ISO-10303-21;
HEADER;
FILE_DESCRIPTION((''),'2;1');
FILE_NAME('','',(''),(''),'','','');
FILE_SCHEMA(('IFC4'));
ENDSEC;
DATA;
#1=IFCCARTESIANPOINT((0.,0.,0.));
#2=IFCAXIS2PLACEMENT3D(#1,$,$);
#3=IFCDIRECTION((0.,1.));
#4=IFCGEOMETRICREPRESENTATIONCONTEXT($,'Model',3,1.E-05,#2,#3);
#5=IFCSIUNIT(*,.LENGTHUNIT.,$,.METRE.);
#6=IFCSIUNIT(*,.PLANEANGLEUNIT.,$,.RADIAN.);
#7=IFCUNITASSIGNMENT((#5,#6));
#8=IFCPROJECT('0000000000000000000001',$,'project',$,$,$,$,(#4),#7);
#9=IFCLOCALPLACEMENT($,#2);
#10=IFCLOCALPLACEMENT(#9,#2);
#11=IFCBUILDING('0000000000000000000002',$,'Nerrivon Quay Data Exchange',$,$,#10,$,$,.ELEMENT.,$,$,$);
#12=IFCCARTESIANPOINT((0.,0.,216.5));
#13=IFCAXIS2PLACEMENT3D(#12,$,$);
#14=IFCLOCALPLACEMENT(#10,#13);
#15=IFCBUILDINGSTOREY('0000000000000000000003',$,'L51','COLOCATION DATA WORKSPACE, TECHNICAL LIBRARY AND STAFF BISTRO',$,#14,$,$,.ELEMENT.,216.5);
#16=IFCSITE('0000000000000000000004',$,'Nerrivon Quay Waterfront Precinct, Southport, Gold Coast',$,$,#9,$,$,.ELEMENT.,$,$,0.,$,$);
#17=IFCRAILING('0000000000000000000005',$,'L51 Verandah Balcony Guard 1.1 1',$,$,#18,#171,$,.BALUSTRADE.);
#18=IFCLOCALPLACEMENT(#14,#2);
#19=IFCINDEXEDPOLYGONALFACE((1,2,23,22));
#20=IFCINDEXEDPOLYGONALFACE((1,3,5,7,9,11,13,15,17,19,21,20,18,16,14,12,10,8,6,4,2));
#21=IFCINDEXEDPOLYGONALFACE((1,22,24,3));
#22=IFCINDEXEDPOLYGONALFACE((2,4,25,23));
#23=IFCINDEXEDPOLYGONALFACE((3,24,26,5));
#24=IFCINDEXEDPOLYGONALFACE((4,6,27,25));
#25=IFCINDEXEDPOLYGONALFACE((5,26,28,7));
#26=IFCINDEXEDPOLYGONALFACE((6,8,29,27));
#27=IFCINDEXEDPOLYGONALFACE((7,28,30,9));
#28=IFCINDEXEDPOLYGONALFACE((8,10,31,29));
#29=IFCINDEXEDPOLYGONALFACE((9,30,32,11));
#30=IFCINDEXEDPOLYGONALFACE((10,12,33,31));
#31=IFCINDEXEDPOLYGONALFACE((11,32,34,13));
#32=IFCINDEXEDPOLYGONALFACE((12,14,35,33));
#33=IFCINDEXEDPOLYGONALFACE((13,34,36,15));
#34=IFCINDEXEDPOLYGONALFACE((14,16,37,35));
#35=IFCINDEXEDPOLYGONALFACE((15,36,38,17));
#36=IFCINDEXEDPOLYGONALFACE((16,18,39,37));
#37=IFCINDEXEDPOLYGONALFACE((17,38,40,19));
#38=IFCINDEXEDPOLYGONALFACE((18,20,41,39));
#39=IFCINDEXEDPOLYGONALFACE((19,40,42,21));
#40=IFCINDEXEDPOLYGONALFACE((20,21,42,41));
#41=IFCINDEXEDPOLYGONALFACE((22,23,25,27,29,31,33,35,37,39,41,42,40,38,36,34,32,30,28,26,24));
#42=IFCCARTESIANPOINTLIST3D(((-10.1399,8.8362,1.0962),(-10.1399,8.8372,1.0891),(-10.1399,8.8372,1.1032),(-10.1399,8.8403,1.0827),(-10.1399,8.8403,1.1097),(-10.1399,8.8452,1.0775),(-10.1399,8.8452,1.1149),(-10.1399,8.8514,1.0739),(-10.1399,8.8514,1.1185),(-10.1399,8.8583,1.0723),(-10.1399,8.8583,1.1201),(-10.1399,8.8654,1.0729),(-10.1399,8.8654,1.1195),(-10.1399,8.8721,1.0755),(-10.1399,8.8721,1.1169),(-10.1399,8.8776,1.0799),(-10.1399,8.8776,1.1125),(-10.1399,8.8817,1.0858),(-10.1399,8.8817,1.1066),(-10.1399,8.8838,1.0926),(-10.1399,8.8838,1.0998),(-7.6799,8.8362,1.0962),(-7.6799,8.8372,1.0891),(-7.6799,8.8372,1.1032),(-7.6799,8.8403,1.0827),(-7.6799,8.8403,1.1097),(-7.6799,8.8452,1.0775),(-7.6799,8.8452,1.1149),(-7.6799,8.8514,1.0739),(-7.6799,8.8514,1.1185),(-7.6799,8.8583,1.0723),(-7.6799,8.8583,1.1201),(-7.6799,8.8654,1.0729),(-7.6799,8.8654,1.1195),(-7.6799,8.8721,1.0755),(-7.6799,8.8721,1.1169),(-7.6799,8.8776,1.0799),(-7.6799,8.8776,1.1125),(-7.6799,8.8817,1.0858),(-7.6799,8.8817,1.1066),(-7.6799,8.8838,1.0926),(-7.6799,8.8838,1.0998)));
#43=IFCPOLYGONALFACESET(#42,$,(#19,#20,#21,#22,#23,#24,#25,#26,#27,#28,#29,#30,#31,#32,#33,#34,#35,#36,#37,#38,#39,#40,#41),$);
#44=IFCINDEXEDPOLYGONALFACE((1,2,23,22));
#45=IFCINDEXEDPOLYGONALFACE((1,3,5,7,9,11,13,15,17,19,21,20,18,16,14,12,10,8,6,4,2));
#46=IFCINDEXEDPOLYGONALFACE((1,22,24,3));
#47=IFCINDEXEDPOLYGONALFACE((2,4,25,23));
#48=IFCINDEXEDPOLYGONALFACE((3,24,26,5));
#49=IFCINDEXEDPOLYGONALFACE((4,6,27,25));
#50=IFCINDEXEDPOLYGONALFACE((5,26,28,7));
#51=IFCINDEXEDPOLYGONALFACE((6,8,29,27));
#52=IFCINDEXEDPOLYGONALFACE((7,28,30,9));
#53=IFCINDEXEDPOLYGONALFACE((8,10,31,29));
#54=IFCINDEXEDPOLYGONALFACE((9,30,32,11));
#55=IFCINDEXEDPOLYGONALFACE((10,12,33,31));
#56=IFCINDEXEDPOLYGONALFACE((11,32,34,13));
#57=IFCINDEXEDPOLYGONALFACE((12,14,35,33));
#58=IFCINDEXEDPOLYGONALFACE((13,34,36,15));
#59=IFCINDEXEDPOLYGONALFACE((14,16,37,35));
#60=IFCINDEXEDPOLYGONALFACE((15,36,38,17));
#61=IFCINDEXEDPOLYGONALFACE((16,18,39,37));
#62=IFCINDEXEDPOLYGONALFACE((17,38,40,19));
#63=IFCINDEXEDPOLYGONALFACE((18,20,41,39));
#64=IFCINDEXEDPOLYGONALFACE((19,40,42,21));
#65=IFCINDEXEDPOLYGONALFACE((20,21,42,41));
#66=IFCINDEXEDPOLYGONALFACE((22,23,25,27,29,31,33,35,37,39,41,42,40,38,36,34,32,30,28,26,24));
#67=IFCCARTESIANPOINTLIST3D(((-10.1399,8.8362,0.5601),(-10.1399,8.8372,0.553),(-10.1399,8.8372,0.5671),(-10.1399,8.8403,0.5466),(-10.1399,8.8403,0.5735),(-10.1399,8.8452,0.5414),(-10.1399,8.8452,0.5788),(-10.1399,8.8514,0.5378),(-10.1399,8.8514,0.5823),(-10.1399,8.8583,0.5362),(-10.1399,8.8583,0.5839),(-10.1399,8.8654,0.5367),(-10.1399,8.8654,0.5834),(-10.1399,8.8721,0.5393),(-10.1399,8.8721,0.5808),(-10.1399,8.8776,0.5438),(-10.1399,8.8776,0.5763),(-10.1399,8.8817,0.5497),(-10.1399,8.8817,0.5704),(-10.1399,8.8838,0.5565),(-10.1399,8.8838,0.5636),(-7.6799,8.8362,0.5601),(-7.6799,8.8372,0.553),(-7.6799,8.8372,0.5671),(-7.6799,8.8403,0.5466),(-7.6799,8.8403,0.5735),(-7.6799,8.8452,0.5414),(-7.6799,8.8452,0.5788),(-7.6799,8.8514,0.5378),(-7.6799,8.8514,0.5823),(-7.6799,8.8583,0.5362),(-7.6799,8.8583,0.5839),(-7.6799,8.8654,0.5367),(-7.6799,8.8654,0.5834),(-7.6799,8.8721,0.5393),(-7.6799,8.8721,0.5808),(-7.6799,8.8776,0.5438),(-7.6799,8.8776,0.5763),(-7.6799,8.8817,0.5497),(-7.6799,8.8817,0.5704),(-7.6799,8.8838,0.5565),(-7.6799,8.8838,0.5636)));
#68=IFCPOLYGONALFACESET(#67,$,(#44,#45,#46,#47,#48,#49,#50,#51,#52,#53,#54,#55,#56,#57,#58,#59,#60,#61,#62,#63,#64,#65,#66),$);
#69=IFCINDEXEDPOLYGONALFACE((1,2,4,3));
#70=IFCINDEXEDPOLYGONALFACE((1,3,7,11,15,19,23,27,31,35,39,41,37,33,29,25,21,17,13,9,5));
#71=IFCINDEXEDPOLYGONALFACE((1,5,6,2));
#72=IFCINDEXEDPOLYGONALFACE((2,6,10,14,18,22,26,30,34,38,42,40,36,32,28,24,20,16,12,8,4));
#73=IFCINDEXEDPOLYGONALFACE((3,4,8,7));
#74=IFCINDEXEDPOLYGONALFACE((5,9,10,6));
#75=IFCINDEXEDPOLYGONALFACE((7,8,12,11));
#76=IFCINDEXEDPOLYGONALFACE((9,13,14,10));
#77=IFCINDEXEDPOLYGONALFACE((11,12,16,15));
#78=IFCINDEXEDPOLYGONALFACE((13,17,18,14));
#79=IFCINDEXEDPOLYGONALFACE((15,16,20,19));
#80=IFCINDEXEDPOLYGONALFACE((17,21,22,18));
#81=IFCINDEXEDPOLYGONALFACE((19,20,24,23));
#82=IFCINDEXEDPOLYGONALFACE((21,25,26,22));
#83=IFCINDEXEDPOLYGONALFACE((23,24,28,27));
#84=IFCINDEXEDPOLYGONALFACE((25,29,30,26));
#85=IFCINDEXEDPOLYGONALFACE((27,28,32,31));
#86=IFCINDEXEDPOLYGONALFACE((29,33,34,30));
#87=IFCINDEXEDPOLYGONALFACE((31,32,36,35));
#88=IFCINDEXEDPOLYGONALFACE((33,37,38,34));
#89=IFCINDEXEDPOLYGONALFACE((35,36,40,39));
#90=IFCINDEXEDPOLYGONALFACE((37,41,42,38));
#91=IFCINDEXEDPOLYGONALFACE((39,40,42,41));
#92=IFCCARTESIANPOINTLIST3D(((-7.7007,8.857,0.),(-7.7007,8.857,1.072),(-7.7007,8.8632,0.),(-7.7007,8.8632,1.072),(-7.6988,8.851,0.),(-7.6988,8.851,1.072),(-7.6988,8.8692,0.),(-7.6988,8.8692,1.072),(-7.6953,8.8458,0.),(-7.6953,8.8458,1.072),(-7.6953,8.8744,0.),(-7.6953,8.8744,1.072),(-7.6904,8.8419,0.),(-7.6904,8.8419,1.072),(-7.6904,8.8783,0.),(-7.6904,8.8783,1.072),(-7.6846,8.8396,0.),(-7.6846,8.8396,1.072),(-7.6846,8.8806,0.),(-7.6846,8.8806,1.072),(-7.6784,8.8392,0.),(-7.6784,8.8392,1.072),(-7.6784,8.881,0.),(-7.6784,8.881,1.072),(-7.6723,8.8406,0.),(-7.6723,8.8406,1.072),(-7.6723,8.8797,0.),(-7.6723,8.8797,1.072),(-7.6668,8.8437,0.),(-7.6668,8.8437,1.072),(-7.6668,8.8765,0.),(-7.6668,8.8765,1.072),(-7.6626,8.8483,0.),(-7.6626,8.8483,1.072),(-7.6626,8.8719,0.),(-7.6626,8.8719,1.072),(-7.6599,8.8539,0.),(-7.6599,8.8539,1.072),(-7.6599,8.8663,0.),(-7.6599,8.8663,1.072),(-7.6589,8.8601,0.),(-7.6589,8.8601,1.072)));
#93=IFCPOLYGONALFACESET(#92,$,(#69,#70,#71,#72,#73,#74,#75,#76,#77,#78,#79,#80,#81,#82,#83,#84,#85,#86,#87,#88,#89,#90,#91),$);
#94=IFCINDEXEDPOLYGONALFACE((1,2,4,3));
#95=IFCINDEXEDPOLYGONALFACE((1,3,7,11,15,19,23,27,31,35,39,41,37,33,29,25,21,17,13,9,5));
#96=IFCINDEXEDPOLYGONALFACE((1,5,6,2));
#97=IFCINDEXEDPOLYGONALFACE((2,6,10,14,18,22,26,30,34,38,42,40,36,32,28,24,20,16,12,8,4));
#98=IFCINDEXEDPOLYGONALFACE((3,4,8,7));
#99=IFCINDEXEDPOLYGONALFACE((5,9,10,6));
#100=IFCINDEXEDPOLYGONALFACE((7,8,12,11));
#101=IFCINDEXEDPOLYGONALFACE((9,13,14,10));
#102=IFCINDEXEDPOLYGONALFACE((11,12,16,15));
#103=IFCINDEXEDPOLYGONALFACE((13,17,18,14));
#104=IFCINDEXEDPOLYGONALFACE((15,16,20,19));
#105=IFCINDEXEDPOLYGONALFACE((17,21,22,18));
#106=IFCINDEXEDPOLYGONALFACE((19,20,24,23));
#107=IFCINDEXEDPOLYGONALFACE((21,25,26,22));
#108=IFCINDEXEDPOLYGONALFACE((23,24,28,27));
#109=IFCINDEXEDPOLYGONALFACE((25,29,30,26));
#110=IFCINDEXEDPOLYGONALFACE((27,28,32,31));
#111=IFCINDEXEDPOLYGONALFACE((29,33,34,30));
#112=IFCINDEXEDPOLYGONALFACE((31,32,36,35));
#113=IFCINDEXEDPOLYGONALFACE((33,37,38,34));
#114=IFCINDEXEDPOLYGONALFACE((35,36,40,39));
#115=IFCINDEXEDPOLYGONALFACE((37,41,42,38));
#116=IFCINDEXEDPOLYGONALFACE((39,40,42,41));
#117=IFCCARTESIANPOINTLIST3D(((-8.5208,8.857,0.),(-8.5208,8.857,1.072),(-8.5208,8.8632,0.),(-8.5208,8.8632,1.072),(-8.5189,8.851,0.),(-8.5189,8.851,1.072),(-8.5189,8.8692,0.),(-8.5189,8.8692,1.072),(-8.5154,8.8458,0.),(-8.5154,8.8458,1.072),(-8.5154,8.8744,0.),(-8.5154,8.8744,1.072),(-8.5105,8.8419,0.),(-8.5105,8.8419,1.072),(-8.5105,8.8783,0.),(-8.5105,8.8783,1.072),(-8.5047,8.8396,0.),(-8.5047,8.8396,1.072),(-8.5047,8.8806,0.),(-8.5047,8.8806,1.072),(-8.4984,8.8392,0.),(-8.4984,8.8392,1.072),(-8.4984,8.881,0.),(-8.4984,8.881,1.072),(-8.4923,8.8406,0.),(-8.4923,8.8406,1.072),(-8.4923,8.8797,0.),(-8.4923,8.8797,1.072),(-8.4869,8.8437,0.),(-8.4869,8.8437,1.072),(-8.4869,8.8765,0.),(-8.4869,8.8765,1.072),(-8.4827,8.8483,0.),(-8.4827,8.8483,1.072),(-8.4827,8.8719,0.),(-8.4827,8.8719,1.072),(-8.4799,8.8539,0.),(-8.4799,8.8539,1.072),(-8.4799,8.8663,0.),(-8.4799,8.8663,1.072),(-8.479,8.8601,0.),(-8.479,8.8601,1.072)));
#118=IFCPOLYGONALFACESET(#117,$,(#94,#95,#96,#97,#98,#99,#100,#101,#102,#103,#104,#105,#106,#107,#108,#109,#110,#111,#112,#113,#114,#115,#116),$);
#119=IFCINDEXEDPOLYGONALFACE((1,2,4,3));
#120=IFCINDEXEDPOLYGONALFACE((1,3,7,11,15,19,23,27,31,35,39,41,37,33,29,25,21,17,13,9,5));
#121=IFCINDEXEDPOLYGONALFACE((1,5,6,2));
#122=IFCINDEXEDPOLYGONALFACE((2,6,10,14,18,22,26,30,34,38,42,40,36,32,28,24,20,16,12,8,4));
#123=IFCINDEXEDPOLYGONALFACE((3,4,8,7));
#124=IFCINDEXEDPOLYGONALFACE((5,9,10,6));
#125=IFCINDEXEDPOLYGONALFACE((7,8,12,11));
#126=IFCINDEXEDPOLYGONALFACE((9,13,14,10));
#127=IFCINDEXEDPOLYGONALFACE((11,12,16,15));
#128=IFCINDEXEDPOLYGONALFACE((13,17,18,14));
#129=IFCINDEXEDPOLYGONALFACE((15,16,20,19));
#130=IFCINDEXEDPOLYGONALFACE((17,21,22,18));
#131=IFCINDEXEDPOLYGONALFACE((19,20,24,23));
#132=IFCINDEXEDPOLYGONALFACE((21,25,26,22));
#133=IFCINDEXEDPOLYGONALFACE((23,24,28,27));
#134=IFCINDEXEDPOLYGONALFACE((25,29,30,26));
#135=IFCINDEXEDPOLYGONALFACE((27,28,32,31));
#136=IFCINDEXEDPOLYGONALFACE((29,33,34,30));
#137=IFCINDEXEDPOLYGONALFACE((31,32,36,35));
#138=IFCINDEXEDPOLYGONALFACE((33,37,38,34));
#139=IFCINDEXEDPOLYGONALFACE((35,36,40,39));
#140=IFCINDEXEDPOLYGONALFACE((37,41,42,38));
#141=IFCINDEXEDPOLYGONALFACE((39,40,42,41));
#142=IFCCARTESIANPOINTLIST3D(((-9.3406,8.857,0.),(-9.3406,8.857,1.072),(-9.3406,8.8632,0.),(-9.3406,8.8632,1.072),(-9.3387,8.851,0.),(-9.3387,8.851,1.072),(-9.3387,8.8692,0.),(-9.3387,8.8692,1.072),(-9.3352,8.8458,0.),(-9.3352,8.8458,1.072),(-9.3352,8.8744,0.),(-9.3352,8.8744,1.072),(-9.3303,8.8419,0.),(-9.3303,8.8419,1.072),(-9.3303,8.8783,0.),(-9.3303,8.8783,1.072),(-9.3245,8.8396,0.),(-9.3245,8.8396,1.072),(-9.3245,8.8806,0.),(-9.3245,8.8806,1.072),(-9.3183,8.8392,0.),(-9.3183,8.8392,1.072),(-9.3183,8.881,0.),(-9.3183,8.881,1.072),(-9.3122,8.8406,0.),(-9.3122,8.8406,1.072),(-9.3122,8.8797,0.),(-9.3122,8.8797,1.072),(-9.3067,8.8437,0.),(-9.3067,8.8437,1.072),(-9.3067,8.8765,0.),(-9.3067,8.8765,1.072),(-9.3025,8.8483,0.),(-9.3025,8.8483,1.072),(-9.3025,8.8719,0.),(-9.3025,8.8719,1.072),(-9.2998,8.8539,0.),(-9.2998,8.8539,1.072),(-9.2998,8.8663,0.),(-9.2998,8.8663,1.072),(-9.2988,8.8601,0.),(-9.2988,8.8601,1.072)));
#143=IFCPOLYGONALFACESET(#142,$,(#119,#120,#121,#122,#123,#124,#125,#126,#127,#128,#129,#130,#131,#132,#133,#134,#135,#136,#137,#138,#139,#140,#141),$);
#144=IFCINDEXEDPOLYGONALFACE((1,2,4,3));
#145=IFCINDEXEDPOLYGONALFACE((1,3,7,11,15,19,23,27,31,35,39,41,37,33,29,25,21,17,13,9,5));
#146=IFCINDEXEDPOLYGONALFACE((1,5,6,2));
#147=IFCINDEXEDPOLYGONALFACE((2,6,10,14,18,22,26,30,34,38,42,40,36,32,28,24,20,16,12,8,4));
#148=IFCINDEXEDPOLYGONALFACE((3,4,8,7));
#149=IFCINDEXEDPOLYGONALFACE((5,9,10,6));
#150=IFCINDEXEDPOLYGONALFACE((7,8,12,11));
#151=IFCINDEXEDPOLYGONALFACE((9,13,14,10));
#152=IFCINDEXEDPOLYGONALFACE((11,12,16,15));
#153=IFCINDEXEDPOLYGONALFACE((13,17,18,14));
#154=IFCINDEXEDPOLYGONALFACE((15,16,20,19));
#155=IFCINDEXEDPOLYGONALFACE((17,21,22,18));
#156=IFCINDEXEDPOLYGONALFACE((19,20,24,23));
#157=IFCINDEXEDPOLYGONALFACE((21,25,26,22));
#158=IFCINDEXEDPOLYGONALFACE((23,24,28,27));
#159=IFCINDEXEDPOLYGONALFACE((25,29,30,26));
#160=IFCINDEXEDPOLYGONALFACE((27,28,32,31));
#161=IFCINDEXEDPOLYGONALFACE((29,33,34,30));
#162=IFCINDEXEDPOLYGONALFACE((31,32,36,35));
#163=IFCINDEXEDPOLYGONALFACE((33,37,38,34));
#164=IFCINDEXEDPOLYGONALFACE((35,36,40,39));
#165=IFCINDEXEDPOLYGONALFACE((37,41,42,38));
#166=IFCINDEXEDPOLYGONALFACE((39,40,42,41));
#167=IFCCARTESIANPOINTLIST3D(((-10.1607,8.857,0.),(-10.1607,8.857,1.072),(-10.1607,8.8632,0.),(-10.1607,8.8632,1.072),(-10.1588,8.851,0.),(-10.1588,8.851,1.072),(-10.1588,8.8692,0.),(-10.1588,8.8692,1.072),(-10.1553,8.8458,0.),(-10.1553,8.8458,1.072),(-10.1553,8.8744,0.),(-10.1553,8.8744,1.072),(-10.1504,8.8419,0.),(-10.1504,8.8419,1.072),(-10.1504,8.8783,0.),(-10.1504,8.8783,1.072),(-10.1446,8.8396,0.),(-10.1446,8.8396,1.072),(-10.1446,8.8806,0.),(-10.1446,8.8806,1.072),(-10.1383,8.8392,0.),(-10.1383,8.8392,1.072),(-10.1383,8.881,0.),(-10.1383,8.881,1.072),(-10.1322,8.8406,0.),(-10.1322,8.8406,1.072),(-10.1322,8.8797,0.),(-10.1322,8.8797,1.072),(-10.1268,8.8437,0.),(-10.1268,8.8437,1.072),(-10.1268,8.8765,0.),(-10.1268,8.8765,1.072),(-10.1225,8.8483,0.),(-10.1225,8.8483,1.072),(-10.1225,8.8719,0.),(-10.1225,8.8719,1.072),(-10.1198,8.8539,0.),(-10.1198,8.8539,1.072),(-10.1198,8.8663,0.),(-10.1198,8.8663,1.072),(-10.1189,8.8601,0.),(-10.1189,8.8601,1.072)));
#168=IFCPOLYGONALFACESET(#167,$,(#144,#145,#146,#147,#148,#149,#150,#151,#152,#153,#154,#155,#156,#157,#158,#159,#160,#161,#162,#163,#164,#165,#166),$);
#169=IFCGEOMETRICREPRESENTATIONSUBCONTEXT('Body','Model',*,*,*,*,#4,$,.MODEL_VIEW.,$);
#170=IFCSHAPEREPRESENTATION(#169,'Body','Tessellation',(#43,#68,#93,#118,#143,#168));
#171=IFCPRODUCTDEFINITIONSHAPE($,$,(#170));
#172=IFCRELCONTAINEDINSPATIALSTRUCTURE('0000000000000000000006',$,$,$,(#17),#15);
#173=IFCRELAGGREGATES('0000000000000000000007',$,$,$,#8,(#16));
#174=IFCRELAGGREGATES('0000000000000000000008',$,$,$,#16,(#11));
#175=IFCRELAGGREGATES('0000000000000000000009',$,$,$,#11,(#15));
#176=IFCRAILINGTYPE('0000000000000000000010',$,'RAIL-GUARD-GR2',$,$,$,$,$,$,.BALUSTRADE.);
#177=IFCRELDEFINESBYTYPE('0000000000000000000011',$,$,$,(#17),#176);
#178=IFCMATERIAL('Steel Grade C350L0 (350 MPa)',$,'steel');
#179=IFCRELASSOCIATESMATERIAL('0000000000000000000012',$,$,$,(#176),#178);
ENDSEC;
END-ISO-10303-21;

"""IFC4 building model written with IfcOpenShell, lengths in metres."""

from ifc_helpers import new_model, si_unit, direction, frame, origin, origin_2d, place, context, subcontext, project, spatial, circle, extrude, material, type_object, element, save


model = new_model("IFC4")

# Units and contexts
model_context = context("Model", 3, precision=1e-05, world=origin(), true_north=direction((0.0, 1.0)))
body_context = subcontext(model_context, "Body", "Model", "MODEL_VIEW")
ifc_project = project(units=[si_unit("LENGTHUNIT", "METRE"), si_unit("PLANEANGLEUNIT", "RADIAN")], contexts=[model_context])

# Site, building, storey
site_placement = place(None, origin())
site = spatial("IfcSite", under=ifc_project, at=site_placement, Name="Nerrivon Quay Waterfront Precinct, Southport, Gold Coast", CompositionType="ELEMENT", RefElevation=0.0)
building_placement = place(site_placement, origin())
building = spatial("IfcBuilding", under=site, at=building_placement, Name="Nerrivon Quay Data Exchange", CompositionType="ELEMENT")
storey_placement = place(building_placement, frame((0.0, 0.0, 216.5)))
storey = spatial("IfcBuildingStorey", under=building, at=storey_placement, Name="L51", Description="COLOCATION DATA WORKSPACE, TECHNICAL LIBRARY AND STAFF BISTRO", CompositionType="ELEMENT", Elevation=216.5)

# Shared definitions
ifc_material_1 = material(Name="Steel Grade C350L0 (350 MPa)", Category="steel")

# Railing
railing_type = type_object("IfcRailingType", Name="RAIL-GUARD-GR2", PredefinedType="BALUSTRADE", material=ifc_material_1)
railing_1_placement = place(storey_placement, frame((-7.6799, 8.8601, 0.0)))
element("IfcRailing", 1, at=railing_1_placement, inside=storey, type_object=railing_type, Name="L51 Verandah Balcony Guard 1.1 1", PredefinedType="BALUSTRADE", context=body_context, shape_type="SweptSolid", body=[
    extrude(circle(Radius=0.0239, at=origin_2d()), frame((0.0, 0.0, 1.0962), z_axis=(-1.0, 0.0, 0.0), x_axis=(0.0, -1.0, 0.0)), (0.0, 0.0, 1.0), 2.46),
    extrude(circle(Radius=0.0239, at=origin_2d()), frame((0.0, 0.0, 0.5601), z_axis=(-1.0, 0.0, 0.0), x_axis=(0.0, -1.0, 0.0)), (0.0, 0.0, 1.0), 2.46),
    extrude(circle(Radius=0.021, at=origin_2d()), origin(), (0.0, 0.0, 1.0), 1.072),
    extrude(circle(Radius=0.021, at=origin_2d()), frame((-0.8201, 0.0, 0.0)), (0.0, 0.0, 1.0), 1.072),
    extrude(circle(Radius=0.021, at=origin_2d()), frame((-1.6399, 0.0, 0.0)), (0.0, 0.0, 1.0), 1.072),
    extrude(circle(Radius=0.021, at=origin_2d()), frame((-2.46, 0.0, 0.0)), (0.0, 0.0, 1.0), 1.072),
])

save(model, "model.ifc")
